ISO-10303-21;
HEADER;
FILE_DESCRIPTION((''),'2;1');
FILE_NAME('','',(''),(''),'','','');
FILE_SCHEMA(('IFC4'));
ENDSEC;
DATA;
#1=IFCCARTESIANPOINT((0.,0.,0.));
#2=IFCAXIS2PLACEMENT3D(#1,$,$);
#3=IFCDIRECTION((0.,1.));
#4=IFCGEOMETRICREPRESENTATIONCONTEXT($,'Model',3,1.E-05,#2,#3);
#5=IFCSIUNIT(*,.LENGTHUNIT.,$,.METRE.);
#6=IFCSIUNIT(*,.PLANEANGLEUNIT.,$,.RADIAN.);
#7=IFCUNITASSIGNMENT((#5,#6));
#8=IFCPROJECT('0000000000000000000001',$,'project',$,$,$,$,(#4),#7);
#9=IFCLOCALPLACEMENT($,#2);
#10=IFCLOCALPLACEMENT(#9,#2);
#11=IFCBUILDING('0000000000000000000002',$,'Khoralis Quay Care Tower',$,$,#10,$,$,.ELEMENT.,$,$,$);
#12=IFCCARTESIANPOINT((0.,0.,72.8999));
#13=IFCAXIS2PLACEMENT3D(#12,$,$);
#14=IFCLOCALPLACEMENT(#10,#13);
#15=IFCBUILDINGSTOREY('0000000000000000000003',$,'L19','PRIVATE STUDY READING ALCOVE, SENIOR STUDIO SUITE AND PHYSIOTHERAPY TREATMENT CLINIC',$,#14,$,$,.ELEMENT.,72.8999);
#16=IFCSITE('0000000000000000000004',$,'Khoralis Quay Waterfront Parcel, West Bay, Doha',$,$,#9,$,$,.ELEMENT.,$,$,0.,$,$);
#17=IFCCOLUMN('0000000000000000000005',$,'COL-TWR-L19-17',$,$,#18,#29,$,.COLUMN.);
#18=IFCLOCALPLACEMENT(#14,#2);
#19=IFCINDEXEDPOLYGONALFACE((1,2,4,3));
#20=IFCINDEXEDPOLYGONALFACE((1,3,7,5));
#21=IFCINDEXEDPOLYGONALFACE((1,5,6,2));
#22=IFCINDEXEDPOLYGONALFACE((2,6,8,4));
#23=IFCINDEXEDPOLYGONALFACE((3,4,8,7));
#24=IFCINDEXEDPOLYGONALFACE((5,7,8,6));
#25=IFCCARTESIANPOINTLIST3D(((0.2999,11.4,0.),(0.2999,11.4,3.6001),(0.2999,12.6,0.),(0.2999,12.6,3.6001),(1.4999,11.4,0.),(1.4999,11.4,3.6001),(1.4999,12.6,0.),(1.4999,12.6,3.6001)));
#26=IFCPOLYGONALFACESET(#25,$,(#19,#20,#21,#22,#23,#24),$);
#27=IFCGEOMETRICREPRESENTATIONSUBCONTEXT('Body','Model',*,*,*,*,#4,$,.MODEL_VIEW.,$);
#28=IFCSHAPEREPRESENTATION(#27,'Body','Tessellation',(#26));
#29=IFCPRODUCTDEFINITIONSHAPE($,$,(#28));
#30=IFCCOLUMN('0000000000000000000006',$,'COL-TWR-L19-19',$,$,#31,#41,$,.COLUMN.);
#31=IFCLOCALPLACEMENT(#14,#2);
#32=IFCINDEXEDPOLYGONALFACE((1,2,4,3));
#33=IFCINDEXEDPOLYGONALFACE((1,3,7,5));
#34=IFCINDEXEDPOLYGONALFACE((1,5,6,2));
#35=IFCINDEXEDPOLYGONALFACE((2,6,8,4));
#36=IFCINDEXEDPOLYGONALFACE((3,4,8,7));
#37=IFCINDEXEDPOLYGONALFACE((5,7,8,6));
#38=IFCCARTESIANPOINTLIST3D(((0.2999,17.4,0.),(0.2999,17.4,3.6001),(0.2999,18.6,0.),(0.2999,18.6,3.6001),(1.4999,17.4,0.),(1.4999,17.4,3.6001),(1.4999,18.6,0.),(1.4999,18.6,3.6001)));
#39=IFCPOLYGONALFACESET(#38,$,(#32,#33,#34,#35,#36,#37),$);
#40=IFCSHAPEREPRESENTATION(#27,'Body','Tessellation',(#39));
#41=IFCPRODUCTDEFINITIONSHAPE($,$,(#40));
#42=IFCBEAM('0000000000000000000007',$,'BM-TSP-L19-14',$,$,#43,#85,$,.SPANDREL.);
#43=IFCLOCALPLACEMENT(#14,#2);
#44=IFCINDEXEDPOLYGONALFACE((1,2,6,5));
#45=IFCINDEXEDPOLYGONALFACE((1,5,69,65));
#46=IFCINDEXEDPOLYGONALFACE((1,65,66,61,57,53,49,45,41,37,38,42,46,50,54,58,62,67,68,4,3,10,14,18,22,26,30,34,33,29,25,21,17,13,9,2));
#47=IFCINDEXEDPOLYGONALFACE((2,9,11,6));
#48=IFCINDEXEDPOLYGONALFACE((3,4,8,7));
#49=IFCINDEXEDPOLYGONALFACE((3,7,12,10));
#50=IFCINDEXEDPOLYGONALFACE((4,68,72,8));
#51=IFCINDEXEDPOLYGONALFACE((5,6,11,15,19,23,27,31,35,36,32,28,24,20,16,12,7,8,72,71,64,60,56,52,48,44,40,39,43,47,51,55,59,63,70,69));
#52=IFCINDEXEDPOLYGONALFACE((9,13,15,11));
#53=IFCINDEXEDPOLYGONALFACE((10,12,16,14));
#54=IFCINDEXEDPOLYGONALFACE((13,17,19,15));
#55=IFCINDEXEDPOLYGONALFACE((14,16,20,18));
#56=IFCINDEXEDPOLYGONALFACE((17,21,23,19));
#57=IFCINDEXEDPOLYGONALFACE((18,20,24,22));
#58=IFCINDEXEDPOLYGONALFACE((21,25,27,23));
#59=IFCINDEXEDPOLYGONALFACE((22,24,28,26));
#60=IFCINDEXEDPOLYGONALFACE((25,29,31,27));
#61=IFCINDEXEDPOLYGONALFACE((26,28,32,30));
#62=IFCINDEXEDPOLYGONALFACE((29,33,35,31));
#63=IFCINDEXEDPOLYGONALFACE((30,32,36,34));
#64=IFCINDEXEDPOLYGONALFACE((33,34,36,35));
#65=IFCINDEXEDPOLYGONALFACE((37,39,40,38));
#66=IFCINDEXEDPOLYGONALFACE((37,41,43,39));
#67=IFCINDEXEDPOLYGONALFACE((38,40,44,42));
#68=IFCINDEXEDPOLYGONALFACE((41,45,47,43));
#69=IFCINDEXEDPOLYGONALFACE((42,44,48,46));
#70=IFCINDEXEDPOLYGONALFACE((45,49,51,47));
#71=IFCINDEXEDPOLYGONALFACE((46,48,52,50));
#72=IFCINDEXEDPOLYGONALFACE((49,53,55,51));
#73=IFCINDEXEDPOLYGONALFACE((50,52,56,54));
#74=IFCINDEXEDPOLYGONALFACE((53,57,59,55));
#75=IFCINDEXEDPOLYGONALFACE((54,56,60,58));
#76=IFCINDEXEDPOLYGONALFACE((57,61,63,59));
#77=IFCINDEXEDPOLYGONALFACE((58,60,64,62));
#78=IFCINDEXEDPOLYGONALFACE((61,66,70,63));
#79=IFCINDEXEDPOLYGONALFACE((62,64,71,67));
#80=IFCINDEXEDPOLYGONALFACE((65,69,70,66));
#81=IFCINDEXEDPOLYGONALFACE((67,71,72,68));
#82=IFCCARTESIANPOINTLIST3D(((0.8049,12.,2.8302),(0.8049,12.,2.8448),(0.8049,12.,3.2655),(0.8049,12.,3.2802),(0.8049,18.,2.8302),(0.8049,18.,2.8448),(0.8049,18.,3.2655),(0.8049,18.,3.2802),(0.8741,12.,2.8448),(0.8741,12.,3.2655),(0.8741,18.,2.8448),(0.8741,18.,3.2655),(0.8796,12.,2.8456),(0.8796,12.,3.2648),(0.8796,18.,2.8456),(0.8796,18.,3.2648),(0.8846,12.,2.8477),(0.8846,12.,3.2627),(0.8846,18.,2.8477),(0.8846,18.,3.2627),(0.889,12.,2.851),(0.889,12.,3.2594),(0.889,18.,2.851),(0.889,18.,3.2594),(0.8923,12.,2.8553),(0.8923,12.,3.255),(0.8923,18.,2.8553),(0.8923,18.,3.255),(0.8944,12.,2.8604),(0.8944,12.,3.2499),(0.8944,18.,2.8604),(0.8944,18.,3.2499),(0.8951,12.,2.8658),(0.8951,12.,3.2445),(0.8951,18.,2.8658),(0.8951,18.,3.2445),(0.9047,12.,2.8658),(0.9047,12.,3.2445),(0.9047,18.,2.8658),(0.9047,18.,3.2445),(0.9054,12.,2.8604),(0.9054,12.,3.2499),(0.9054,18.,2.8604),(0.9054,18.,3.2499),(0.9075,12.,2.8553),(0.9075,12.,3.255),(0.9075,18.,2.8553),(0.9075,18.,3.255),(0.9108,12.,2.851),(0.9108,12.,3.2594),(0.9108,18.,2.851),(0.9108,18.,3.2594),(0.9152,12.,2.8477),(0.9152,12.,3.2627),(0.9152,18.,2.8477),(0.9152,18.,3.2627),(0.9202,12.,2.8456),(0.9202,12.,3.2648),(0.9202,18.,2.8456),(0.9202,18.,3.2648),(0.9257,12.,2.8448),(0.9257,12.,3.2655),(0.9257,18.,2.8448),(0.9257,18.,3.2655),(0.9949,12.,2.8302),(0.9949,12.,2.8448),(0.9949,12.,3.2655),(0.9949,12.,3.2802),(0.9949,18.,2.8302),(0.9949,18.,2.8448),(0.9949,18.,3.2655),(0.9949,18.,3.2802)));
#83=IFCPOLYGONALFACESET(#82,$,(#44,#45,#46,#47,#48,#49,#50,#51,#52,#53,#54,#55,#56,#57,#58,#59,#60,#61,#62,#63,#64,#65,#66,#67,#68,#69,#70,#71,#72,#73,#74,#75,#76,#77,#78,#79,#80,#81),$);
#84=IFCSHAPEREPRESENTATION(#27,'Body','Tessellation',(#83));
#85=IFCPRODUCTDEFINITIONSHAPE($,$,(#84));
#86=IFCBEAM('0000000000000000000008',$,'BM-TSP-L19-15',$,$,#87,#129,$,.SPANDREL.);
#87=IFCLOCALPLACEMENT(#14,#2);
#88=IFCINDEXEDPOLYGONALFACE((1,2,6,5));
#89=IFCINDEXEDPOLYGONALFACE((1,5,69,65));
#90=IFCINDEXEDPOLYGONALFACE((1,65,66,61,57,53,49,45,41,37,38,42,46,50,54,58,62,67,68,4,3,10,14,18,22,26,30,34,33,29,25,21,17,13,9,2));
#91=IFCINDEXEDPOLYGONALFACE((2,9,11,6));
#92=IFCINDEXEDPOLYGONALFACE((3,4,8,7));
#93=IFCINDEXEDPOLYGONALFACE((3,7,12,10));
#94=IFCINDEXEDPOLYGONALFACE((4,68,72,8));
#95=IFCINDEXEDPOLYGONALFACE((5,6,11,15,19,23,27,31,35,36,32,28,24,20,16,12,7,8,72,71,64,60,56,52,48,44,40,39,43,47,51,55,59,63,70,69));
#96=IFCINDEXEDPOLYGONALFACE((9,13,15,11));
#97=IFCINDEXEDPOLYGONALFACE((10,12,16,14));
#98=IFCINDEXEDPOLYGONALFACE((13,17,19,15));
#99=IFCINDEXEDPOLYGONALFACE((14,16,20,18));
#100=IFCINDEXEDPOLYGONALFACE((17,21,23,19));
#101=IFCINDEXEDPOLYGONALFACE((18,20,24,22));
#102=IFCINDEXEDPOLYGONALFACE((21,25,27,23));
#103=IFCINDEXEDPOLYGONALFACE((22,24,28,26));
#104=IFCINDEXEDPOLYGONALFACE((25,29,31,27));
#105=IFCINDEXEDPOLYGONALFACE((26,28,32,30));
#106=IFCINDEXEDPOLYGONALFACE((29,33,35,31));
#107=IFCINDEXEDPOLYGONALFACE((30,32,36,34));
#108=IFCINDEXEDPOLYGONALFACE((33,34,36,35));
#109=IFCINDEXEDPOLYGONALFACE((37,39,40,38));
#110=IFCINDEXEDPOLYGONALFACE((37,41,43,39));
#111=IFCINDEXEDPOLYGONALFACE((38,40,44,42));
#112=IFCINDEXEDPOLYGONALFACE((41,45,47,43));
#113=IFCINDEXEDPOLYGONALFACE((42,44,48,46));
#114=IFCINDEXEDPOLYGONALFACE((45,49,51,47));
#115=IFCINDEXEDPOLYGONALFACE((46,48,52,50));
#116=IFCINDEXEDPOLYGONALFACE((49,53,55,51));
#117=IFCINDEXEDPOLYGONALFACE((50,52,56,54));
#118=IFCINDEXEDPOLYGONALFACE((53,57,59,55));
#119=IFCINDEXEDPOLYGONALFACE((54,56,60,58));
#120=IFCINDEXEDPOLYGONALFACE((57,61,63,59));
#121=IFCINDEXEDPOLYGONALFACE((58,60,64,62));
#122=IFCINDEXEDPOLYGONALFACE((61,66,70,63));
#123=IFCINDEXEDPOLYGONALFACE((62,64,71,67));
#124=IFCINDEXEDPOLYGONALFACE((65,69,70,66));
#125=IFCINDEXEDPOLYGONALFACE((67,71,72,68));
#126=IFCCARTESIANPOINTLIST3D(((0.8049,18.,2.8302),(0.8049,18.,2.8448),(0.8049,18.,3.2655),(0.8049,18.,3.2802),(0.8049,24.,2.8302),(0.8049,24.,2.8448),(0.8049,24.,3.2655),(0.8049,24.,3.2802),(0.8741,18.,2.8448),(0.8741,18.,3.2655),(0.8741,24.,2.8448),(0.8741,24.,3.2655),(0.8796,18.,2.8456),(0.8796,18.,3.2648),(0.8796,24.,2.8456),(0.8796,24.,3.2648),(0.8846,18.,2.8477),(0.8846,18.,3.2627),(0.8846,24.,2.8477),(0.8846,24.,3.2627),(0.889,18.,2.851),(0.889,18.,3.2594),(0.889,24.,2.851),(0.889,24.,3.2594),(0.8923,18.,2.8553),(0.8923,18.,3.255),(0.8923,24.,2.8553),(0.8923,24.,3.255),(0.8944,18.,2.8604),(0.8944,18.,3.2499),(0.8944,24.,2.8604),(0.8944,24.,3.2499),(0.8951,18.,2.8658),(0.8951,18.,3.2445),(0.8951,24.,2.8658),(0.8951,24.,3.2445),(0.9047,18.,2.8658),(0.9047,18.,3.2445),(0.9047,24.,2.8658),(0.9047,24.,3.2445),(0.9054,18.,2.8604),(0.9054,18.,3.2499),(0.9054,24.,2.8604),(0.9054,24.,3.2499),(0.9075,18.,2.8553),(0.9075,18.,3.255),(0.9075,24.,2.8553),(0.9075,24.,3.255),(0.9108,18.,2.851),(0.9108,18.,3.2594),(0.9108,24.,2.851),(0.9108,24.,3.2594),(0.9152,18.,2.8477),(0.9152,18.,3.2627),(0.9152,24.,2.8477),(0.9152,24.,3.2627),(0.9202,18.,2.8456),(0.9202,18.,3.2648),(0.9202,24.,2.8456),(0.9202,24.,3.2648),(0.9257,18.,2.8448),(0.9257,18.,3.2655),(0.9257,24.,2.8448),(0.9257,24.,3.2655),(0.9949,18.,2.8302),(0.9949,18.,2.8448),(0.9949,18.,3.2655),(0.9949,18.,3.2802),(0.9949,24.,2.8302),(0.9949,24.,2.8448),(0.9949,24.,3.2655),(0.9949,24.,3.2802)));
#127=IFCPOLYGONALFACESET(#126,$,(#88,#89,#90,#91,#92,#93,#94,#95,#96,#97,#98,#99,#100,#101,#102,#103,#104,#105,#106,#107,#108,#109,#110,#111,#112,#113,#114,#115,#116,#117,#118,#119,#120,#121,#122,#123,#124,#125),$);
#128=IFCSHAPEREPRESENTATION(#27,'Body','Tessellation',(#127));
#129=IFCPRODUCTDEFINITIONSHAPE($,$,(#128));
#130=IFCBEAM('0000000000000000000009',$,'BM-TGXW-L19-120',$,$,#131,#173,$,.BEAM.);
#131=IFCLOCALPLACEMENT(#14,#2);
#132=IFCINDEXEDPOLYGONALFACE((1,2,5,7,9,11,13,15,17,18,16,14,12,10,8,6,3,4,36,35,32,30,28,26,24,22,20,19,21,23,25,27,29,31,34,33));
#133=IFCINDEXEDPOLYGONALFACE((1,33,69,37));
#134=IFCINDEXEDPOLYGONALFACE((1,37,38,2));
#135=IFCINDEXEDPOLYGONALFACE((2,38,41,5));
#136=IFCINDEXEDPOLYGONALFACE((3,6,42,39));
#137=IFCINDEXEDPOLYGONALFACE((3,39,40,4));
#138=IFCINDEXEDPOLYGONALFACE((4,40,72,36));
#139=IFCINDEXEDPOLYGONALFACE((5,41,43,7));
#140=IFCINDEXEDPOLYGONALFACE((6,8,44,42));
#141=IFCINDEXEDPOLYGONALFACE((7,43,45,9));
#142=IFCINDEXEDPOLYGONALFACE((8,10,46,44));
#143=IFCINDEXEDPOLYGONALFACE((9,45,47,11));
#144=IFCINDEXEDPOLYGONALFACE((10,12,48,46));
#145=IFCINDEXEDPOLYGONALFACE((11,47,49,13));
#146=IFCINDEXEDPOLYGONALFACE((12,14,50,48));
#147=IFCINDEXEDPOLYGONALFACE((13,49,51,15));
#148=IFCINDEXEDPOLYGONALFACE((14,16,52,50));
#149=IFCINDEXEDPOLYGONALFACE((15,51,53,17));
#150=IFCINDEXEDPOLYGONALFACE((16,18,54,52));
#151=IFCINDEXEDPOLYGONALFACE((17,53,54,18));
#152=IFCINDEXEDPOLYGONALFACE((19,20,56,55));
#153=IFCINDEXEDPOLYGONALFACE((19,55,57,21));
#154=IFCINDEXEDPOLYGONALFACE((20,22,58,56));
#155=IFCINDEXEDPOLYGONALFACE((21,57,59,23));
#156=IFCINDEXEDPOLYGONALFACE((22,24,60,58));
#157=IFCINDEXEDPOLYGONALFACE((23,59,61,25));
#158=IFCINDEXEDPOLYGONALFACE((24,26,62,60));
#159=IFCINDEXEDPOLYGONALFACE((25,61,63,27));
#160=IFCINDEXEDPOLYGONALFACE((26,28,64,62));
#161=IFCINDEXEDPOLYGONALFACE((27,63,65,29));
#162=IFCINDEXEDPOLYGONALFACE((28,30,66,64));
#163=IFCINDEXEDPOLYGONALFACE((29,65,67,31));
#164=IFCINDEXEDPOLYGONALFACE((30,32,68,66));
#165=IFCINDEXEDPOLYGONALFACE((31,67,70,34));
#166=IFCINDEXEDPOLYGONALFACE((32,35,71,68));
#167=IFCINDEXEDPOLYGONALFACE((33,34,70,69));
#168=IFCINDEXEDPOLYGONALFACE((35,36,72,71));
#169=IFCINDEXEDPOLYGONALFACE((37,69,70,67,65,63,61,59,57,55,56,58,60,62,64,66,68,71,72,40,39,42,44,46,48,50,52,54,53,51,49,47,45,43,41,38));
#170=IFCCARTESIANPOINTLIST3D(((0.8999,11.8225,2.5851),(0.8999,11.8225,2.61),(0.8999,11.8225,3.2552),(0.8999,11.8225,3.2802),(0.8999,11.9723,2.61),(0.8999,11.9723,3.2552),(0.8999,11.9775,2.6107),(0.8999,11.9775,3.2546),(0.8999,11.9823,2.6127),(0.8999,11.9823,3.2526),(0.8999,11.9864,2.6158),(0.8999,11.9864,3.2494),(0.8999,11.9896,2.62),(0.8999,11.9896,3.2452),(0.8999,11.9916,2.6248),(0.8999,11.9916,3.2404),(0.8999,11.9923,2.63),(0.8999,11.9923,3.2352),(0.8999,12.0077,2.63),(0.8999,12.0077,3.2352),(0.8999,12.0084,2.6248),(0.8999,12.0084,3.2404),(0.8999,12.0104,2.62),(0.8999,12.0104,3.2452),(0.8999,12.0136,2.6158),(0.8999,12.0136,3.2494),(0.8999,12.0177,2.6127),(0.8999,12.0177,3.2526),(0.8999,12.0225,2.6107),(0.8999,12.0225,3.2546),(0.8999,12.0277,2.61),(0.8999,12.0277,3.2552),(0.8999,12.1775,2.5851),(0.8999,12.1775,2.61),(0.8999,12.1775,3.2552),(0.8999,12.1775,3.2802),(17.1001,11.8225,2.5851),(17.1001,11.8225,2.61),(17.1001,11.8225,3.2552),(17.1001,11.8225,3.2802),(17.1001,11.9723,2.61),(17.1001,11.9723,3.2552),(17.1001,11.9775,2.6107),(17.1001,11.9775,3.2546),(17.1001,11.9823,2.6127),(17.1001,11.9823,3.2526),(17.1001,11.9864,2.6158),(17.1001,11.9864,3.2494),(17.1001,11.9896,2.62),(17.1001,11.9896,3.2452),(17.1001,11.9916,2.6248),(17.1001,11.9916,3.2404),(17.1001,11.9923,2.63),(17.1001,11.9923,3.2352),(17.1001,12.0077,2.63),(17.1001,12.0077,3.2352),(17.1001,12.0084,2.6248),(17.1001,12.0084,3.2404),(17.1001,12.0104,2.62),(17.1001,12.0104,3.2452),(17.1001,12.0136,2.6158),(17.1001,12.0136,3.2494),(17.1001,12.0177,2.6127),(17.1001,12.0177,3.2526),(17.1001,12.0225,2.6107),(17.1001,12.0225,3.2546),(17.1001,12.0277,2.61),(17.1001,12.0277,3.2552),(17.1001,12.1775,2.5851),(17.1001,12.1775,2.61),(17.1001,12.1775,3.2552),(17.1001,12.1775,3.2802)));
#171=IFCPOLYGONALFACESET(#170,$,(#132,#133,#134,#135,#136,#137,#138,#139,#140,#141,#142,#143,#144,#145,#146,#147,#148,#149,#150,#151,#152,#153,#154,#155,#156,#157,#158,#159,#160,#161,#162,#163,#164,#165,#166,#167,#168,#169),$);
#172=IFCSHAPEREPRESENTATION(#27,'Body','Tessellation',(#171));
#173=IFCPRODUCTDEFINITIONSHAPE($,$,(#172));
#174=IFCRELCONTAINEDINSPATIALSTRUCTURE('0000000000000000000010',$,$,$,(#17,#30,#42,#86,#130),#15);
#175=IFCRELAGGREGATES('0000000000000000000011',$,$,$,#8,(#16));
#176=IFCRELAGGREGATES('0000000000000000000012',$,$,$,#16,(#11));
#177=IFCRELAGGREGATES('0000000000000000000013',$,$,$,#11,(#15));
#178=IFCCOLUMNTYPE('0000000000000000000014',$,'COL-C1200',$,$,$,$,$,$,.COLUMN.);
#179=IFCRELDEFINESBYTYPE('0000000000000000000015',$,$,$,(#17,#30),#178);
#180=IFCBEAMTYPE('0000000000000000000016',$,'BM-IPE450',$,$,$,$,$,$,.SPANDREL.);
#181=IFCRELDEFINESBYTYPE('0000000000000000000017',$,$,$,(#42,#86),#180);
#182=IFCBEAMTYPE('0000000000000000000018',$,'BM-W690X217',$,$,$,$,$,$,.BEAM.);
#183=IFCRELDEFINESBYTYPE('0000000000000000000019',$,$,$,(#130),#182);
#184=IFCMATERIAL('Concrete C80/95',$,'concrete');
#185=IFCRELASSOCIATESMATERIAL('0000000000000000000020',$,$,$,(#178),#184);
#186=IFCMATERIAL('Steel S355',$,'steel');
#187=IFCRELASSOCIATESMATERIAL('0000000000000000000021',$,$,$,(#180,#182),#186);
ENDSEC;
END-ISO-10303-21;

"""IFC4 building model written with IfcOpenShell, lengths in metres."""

from ifc_helpers import new_model, si_unit, direction, frame, origin, origin_2d, place, context, subcontext, project, spatial, rectangle, i_section, extrude, source, transform, mapped, material, material_profile, profile_set, type_object, element, save


model = new_model("IFC4")

# Units and contexts
model_context = context("Model", 3, precision=1e-05, world=origin(), true_north=direction((0.0, 1.0)))
body_context = subcontext(model_context, "Body", "Model", "MODEL_VIEW")
ifc_project = project(units=[si_unit("LENGTHUNIT", "METRE"), si_unit("PLANEANGLEUNIT", "RADIAN")], contexts=[model_context])

# Site, building, storey
site_placement = place(None, origin())
site = spatial("IfcSite", under=ifc_project, at=site_placement, Name="Khoralis Quay Waterfront Parcel, West Bay, Doha", CompositionType="ELEMENT", RefElevation=0.0)
building_placement = place(site_placement, origin())
building = spatial("IfcBuilding", under=site, at=building_placement, Name="Khoralis Quay Care Tower", CompositionType="ELEMENT")
storey_placement = place(building_placement, frame((0.0, 0.0, 72.8999)))
storey = spatial("IfcBuildingStorey", under=building, at=storey_placement, Name="L19", Description="PRIVATE STUDY READING ALCOVE, SENIOR STUDIO SUITE AND PHYSIOTHERAPY TREATMENT CLINIC", CompositionType="ELEMENT", Elevation=72.8999)

# Columns
ifc_material_1 = material(Name="Concrete C80/95", Category="concrete")
ifc_material_profile_1 = material_profile(ifc_material_1, rectangle(XDim=1.2, YDim=1.2, at=origin_2d()), Name="Concrete C80/95")
ifc_profile_set_1 = profile_set([ifc_material_profile_1], Name="Concrete C80/95")
column_type = type_object("IfcColumnType", Name="COL-C1200", PredefinedType="COLUMN", material=ifc_profile_set_1)
shared_shape_1 = source(origin(), body_context, "Body", "SweptSolid", [
    extrude(rectangle(XDim=1.2, YDim=1.2, at=origin_2d()), origin(), (0.0, 0.0, 1.0), 3.6001),
])
for number, where, z_axis, x_axis, name in (
    (1, (0.8999, 12.0, 0.0), (0.0, 0.0, 1.0), (1.0, 0.0, 0.0), "COL-TWR-L19-17"),
    (2, (0.8999, 18.0, 0.0), (0.0, 0.0, 1.0), (1.0, 0.0, 0.0), "COL-TWR-L19-19"),
):
    element("IfcColumn", number, at=place(storey_placement, frame(where, z_axis=z_axis, x_axis=x_axis)), inside=storey, type_object=column_type, Name=name, PredefinedType="COLUMN", context=body_context, shape_type="MappedRepresentation", body=[
        mapped(shared_shape_1, transform((0.0, 0.0, 0.0), scale=1.0)),
    ])

# Beams
ifc_material_2 = material(Name="Steel S355", Category="steel")
ifc_material_profile_2 = material_profile(ifc_material_2, i_section(OverallWidth=0.1899, OverallDepth=0.45, WebThickness=0.0095, FlangeThickness=0.0146, FilletRadius=0.021, at=origin_2d()), Name="Steel S355")
ifc_profile_set_2 = profile_set([ifc_material_profile_2], Name="Steel S355")
beam_type_1 = type_object("IfcBeamType", Name="BM-IPE450", PredefinedType="SPANDREL", material=ifc_profile_set_2)
shared_shape_2 = source(origin(), body_context, "Body", "SweptSolid", [
    extrude(i_section(OverallWidth=0.1899, OverallDepth=0.45, WebThickness=0.0095, FlangeThickness=0.0146, FilletRadius=0.021, at=origin_2d()), origin(), (0.0, 0.0, 1.0), 6.0),
])
for number, where, z_axis, x_axis, name in (
    (3, (0.8999, 12.0, 3.0552), (0.0, 1.0, 0.0), (-1.0, 0.0, 0.0), "BM-TSP-L19-14"),
    (4, (0.8999, 18.0, 3.0552), (0.0, 1.0, 0.0), (-1.0, 0.0, 0.0), "BM-TSP-L19-15"),
):
    element("IfcBeam", number, at=place(storey_placement, frame(where, z_axis=z_axis, x_axis=x_axis)), inside=storey, type_object=beam_type_1, Name=name, PredefinedType="SPANDREL", context=body_context, shape_type="MappedRepresentation", body=[
        mapped(shared_shape_2, transform((0.0, 0.0, 0.0), scale=1.0)),
    ])
ifc_material_profile_3 = material_profile(ifc_material_2, i_section(OverallWidth=0.355, OverallDepth=0.6951, WebThickness=0.0154, FlangeThickness=0.0249, FilletRadius=0.02, at=origin_2d()), Name="Steel S355")
ifc_profile_set_3 = profile_set([ifc_material_profile_3], Name="Steel S355")
beam_type_2 = type_object("IfcBeamType", Name="BM-W690X217", PredefinedType="BEAM", material=ifc_profile_set_3)
shared_shape_3 = source(origin(), body_context, "Body", "SweptSolid", [
    extrude(i_section(OverallWidth=0.355, OverallDepth=0.6951, WebThickness=0.0154, FlangeThickness=0.0249, FilletRadius=0.02, at=origin_2d()), origin(), (0.0, 0.0, 1.0), 16.2002),
])
beam_1_placement = place(storey_placement, frame((0.8999, 12.0, 2.9326), z_axis=(1.0, 0.0, 0.0), x_axis=(0.0, 1.0, 0.0)))
element("IfcBeam", 5, at=beam_1_placement, inside=storey, type_object=beam_type_2, Name="BM-TGXW-L19-120", PredefinedType="BEAM", context=body_context, shape_type="MappedRepresentation", body=[
    mapped(shared_shape_3, transform((0.0, 0.0, 0.0), scale=1.0)),
])

save(model, "model.ifc")
